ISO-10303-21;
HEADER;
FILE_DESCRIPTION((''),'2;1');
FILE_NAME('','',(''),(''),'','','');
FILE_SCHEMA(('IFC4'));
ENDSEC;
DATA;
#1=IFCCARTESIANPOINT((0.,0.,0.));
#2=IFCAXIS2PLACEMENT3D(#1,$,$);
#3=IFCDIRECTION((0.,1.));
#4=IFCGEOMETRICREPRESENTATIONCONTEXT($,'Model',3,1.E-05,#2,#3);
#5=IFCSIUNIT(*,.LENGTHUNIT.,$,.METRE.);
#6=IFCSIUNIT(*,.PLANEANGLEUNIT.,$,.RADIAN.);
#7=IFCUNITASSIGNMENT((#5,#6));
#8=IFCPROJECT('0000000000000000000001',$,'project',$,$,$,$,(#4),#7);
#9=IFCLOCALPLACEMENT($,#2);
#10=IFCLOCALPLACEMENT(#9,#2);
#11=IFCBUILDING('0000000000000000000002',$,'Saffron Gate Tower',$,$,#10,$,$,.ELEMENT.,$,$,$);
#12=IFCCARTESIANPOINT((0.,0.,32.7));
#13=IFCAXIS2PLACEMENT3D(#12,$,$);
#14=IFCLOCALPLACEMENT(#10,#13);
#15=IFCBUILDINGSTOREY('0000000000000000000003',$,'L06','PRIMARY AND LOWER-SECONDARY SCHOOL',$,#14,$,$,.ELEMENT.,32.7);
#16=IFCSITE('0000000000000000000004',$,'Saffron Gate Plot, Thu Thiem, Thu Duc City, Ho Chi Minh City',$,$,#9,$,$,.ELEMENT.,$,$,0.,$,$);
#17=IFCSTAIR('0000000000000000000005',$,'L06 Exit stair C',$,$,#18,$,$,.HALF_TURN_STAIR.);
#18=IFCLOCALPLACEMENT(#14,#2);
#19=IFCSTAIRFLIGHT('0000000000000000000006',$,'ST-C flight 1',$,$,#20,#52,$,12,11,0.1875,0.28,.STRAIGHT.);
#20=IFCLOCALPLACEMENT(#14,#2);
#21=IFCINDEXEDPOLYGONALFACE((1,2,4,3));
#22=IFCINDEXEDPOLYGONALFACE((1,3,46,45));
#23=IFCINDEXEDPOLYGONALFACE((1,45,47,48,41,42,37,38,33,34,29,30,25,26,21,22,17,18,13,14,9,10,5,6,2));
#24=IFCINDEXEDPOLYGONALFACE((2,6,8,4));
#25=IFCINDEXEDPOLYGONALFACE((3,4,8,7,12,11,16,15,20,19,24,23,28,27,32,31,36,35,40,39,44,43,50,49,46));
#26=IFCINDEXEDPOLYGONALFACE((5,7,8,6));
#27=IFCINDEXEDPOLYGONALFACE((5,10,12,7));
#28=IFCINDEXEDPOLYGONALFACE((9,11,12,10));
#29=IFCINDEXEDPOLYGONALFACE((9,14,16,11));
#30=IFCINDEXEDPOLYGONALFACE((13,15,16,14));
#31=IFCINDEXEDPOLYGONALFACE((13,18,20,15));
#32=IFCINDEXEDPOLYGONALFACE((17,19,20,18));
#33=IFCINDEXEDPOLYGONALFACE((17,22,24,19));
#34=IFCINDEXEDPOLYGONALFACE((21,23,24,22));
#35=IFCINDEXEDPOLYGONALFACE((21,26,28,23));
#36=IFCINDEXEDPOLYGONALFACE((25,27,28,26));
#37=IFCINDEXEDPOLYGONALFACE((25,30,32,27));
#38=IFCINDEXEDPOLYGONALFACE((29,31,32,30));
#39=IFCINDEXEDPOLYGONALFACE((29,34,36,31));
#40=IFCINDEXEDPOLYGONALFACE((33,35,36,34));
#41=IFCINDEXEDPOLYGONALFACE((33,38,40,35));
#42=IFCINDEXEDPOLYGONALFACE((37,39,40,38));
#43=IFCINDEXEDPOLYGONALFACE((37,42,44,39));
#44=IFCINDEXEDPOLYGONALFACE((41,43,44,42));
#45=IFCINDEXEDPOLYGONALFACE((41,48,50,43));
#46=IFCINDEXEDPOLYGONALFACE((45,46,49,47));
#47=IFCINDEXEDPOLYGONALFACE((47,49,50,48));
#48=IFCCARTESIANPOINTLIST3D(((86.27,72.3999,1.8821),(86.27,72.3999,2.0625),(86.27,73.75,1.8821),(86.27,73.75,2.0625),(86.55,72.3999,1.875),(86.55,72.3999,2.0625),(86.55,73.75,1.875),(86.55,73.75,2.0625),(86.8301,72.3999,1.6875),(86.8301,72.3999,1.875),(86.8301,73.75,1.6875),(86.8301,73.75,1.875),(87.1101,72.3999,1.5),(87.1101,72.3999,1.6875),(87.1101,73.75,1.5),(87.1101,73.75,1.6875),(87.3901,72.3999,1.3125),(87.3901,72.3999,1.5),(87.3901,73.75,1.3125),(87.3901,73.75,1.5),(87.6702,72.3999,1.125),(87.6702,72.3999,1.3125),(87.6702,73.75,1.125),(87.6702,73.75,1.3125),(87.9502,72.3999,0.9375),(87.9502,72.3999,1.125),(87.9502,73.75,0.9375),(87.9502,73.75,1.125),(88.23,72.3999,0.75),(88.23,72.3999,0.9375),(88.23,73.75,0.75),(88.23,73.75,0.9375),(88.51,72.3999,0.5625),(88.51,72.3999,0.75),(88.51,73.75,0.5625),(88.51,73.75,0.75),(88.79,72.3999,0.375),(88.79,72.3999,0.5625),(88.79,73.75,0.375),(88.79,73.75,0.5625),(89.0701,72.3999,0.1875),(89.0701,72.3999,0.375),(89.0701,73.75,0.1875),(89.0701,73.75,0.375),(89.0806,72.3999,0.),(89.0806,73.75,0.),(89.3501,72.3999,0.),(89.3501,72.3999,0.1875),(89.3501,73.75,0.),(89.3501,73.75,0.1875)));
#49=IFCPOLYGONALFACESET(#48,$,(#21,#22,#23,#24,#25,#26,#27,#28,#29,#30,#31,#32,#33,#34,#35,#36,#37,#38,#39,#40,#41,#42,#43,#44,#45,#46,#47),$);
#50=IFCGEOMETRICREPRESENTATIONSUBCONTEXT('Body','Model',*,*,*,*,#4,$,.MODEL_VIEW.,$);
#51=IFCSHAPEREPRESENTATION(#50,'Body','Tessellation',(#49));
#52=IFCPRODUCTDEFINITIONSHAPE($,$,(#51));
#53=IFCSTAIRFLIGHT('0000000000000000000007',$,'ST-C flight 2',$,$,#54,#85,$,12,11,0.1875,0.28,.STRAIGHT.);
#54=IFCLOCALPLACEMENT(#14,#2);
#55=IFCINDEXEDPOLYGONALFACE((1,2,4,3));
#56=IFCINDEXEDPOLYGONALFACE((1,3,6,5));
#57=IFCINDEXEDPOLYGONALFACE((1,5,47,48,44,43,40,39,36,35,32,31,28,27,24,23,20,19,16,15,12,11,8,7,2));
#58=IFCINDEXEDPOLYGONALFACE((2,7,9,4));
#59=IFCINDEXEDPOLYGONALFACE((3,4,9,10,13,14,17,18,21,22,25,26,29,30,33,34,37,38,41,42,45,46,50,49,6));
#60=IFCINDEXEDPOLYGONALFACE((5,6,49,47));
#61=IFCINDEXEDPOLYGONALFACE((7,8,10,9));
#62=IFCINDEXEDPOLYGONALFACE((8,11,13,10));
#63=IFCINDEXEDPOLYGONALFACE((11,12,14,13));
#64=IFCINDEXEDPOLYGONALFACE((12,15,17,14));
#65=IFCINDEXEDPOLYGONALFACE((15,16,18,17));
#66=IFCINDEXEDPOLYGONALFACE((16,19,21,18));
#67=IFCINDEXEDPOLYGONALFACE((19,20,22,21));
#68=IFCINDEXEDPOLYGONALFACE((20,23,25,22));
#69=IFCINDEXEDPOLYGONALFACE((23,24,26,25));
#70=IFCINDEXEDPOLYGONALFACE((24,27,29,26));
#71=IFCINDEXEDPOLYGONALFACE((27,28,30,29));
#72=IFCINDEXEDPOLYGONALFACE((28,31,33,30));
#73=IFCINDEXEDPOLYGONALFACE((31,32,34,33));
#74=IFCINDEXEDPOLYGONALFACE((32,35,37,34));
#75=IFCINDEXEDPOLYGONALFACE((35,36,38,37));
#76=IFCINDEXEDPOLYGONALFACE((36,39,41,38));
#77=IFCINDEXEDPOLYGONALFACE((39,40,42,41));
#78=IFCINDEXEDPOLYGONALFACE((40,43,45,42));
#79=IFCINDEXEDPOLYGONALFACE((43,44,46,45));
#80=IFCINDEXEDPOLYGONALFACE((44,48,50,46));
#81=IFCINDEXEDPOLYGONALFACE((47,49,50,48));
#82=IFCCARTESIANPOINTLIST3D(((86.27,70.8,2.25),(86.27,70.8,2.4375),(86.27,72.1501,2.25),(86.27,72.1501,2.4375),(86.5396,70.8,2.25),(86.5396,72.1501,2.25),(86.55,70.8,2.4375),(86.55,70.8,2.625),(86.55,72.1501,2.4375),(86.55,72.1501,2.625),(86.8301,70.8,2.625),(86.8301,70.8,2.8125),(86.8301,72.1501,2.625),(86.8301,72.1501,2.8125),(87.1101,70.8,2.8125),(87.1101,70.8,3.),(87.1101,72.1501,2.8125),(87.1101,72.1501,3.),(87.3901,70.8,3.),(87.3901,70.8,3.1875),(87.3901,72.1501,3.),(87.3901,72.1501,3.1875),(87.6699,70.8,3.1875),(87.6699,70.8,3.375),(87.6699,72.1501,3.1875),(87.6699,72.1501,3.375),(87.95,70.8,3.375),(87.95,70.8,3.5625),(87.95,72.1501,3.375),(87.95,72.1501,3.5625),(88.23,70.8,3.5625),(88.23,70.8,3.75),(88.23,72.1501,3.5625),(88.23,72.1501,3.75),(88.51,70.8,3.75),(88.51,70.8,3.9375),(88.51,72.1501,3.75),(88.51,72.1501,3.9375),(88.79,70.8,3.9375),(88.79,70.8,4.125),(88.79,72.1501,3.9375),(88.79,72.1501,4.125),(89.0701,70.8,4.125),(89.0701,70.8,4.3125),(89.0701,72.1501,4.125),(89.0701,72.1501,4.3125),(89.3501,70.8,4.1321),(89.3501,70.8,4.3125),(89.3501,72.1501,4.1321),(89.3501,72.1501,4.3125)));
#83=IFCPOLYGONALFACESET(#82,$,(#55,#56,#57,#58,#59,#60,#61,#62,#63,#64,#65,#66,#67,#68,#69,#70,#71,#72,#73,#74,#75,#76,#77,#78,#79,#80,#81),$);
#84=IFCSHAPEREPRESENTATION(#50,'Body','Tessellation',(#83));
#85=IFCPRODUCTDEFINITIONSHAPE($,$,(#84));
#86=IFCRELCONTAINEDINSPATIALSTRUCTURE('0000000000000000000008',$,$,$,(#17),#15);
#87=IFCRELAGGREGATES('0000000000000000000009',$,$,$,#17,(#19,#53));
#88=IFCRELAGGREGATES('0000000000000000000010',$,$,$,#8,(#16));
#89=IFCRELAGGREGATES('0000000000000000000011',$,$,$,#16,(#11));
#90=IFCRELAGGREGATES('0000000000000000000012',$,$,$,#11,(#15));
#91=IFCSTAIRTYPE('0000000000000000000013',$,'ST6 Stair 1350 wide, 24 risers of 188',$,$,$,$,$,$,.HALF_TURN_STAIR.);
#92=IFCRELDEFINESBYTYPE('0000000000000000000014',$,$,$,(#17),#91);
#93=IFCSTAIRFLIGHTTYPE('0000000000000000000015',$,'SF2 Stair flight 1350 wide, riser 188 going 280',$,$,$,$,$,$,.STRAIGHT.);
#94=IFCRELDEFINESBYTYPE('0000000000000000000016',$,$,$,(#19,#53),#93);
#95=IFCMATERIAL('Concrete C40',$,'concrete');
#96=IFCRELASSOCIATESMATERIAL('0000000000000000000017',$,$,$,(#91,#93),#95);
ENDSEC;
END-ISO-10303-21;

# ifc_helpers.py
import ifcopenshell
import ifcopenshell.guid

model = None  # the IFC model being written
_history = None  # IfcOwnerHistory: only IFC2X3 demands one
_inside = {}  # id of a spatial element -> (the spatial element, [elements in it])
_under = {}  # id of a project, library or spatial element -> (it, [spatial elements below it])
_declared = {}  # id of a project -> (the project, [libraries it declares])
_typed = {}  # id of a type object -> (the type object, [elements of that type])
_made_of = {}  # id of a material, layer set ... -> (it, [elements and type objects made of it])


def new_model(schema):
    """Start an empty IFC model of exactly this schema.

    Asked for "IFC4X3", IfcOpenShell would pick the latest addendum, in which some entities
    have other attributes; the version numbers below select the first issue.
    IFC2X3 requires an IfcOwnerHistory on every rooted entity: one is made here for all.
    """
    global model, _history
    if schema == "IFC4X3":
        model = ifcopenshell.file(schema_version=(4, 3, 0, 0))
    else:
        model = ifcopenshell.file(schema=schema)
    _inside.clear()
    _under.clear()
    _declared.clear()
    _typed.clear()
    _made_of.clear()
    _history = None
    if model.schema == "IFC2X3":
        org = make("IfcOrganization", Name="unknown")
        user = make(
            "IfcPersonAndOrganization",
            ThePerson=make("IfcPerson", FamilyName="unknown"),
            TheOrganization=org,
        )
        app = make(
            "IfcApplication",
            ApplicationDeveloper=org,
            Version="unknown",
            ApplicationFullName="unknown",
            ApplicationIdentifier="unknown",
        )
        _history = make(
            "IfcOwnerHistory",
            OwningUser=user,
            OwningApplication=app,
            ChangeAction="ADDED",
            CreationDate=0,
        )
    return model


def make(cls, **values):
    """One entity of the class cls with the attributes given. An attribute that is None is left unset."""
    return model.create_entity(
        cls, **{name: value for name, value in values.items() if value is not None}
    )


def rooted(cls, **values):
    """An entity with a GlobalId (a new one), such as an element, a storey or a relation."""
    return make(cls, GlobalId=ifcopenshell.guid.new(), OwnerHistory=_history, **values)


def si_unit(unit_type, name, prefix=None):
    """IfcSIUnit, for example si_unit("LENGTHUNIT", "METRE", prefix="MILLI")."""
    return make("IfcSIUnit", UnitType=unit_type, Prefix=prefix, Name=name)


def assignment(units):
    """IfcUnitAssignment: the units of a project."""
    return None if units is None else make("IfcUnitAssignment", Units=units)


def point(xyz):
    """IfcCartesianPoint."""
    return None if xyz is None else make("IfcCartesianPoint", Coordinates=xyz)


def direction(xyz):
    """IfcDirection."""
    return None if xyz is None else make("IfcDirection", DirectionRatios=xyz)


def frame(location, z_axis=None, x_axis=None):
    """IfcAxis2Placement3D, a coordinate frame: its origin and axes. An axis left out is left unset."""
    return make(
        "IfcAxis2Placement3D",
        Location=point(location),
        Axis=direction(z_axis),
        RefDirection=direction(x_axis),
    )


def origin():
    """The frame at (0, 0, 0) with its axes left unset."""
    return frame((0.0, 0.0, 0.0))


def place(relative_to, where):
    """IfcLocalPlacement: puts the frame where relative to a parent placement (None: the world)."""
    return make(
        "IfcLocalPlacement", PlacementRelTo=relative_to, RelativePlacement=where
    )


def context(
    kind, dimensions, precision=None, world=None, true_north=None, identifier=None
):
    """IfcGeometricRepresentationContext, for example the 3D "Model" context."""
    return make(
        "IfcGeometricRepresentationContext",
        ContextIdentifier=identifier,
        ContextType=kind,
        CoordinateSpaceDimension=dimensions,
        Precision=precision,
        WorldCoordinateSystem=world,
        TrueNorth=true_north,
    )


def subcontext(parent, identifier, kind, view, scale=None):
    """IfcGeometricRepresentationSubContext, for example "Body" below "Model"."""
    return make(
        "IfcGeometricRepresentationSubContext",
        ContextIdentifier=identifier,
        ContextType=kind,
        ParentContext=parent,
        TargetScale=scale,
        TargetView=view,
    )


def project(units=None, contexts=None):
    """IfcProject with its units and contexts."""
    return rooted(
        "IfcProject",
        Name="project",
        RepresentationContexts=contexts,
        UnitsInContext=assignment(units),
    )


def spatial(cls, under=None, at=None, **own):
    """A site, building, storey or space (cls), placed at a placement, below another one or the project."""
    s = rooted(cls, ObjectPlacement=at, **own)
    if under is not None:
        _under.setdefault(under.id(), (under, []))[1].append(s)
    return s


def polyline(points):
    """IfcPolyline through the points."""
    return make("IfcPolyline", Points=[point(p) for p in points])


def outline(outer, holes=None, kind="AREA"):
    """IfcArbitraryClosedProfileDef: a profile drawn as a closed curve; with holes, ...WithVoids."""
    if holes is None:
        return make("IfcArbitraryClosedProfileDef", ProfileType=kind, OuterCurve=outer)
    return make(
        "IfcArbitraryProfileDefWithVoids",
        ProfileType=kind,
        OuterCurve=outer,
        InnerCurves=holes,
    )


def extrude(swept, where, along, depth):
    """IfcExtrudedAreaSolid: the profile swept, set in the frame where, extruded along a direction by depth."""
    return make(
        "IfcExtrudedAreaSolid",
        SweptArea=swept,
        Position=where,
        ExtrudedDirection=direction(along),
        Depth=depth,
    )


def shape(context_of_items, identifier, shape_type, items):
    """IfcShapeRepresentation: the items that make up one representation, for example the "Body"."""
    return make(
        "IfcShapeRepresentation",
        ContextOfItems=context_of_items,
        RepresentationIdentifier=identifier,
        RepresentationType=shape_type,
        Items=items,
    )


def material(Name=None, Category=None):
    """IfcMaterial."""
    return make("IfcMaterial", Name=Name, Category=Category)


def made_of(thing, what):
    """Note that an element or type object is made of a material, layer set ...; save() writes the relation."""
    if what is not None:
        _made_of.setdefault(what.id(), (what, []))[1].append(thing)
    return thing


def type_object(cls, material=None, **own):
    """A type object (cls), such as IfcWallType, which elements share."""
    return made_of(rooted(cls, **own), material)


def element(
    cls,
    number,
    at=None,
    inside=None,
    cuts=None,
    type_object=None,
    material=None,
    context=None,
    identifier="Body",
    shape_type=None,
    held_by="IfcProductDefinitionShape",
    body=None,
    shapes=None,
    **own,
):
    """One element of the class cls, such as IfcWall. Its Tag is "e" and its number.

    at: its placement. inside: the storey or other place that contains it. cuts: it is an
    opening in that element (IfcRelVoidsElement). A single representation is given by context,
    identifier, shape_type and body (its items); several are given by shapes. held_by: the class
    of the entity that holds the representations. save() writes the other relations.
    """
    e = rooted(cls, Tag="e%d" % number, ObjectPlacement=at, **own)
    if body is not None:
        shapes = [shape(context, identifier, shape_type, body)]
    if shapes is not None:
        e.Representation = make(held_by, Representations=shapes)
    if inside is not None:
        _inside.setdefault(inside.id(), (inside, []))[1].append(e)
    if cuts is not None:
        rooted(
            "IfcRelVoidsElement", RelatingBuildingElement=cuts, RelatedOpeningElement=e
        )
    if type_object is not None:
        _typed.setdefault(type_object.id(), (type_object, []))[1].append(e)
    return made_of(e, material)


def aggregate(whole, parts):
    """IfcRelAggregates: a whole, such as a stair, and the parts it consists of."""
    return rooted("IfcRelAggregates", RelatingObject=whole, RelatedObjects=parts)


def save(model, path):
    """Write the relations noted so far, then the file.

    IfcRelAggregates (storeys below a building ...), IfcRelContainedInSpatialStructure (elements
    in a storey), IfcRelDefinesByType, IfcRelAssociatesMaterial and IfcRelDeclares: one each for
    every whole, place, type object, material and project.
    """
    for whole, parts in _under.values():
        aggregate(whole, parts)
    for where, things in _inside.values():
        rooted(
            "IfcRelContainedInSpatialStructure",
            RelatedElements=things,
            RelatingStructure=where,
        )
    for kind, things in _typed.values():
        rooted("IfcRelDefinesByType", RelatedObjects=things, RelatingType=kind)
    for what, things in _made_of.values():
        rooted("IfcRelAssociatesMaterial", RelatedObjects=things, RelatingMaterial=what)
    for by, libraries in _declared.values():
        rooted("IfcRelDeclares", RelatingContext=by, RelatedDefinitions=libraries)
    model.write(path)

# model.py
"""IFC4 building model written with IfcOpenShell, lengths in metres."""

from ifc_helpers import new_model, si_unit, direction, frame, origin, place, context, subcontext, project, spatial, polyline, outline, extrude, material, type_object, element, aggregate, save


model = new_model("IFC4")

# Units and contexts
model_context = context("Model", 3, precision=1e-05, world=origin(), true_north=direction((0.0, 1.0)))
body_context = subcontext(model_context, "Body", "Model", "MODEL_VIEW")
ifc_project = project(units=[si_unit("LENGTHUNIT", "METRE"), si_unit("PLANEANGLEUNIT", "RADIAN")], contexts=[model_context])

# Site, building, storey
site_placement = place(None, origin())
site = spatial("IfcSite", under=ifc_project, at=site_placement, Name="Saffron Gate Plot, Thu Thiem, Thu Duc City, Ho Chi Minh City", CompositionType="ELEMENT", RefElevation=0.0)
building_placement = place(site_placement, origin())
building = spatial("IfcBuilding", under=site, at=building_placement, Name="Saffron Gate Tower", CompositionType="ELEMENT")
storey_placement = place(building_placement, frame((0.0, 0.0, 32.7)))
storey = spatial("IfcBuildingStorey", under=building, at=storey_placement, Name="L06", Description="PRIMARY AND LOWER-SECONDARY SCHOOL", CompositionType="ELEMENT", Elevation=32.7)

# Stair, stair flights
ifc_material_1 = material(Name="Concrete C40", Category="concrete")
stair_type = type_object("IfcStairType", Name="ST6 Stair 1350 wide, 24 risers of 188", PredefinedType="HALF_TURN_STAIR", material=ifc_material_1)
stair_placement = place(storey_placement, origin())
stair = element("IfcStair", 1, at=stair_placement, inside=storey, type_object=stair_type, Name="L06 Exit stair C", PredefinedType="HALF_TURN_STAIR")
stair_flight_type = type_object("IfcStairFlightType", Name="SF2 Stair flight 1350 wide, riser 188 going 280", PredefinedType="STRAIGHT", material=ifc_material_1)
stair_flight_1_placement = place(storey_placement, frame((89.3501, 73.075, 0.0), z_axis=(0.0, 0.0, 1.0), x_axis=(-1.0, 0.0, 0.0)))
stair_flight_1 = element("IfcStairFlight", 2, at=stair_flight_1_placement, type_object=stair_flight_type, Name="ST-C flight 1", NumberOfRisers=12, NumberOfTreads=11, PredefinedType="STRAIGHT", RiserHeight=0.1875, TreadLength=0.28, context=body_context, shape_type="SweptSolid", body=[
    extrude(outline(polyline([(0.0, 0.0), (0.0, 0.1875), (0.28, 0.1875), (0.28, 0.375), (0.5601, 0.375), (0.5601, 0.5625), (0.8401, 0.5625), (0.8401, 0.75), (1.1201, 0.75), (1.1201, 0.9375), (1.3999, 0.9375), (1.3999, 1.125), (1.6799, 1.125), (1.6799, 1.3125), (1.96, 1.3125), (1.96, 1.5), (2.24, 1.5), (2.24, 1.6875), (2.52, 1.6875), (2.52, 1.875), (2.8, 1.875), (2.8, 2.0625), (3.0801, 2.0625), (3.0801, 2.25), (3.0801, 1.8821), (0.2695, 0.0), (0.0, 0.0)])), frame((0.0, 0.675, 0.0), z_axis=(0.0, -1.0, 0.0), x_axis=(1.0, 0.0, 0.0)), (0.0, 0.0, 1.0), 1.3501),
])
stair_flight_2_placement = place(storey_placement, frame((86.27, 71.4751, 2.25), z_axis=(0.0, 0.0, 1.0), x_axis=(1.0, 0.0, 0.0)))
stair_flight_2 = element("IfcStairFlight", 3, at=stair_flight_2_placement, type_object=stair_flight_type, Name="ST-C flight 2", NumberOfRisers=12, NumberOfTreads=11, PredefinedType="STRAIGHT", RiserHeight=0.1875, TreadLength=0.28, context=body_context, shape_type="SweptSolid", body=[
    extrude(outline(polyline([(0.0, 0.0), (0.0, 0.1875), (0.28, 0.1875), (0.28, 0.375), (0.5601, 0.375), (0.5601, 0.5625), (0.8401, 0.5625), (0.8401, 0.75), (1.1201, 0.75), (1.1201, 0.9375), (1.3999, 0.9375), (1.3999, 1.125), (1.6799, 1.125), (1.6799, 1.3125), (1.96, 1.3125), (1.96, 1.5), (2.24, 1.5), (2.24, 1.6875), (2.52, 1.6875), (2.52, 1.875), (2.8, 1.875), (2.8, 2.0625), (3.0801, 2.0625), (3.0801, 2.25), (3.0801, 1.8821), (0.2695, 0.0), (0.0, 0.0)])), frame((0.0, 0.675, 0.0), z_axis=(0.0, -1.0, 0.0), x_axis=(1.0, 0.0, 0.0)), (0.0, 0.0, 1.0), 1.3501),
])
aggregate(stair, [stair_flight_1, stair_flight_2])

save(model, "model.ifc")
